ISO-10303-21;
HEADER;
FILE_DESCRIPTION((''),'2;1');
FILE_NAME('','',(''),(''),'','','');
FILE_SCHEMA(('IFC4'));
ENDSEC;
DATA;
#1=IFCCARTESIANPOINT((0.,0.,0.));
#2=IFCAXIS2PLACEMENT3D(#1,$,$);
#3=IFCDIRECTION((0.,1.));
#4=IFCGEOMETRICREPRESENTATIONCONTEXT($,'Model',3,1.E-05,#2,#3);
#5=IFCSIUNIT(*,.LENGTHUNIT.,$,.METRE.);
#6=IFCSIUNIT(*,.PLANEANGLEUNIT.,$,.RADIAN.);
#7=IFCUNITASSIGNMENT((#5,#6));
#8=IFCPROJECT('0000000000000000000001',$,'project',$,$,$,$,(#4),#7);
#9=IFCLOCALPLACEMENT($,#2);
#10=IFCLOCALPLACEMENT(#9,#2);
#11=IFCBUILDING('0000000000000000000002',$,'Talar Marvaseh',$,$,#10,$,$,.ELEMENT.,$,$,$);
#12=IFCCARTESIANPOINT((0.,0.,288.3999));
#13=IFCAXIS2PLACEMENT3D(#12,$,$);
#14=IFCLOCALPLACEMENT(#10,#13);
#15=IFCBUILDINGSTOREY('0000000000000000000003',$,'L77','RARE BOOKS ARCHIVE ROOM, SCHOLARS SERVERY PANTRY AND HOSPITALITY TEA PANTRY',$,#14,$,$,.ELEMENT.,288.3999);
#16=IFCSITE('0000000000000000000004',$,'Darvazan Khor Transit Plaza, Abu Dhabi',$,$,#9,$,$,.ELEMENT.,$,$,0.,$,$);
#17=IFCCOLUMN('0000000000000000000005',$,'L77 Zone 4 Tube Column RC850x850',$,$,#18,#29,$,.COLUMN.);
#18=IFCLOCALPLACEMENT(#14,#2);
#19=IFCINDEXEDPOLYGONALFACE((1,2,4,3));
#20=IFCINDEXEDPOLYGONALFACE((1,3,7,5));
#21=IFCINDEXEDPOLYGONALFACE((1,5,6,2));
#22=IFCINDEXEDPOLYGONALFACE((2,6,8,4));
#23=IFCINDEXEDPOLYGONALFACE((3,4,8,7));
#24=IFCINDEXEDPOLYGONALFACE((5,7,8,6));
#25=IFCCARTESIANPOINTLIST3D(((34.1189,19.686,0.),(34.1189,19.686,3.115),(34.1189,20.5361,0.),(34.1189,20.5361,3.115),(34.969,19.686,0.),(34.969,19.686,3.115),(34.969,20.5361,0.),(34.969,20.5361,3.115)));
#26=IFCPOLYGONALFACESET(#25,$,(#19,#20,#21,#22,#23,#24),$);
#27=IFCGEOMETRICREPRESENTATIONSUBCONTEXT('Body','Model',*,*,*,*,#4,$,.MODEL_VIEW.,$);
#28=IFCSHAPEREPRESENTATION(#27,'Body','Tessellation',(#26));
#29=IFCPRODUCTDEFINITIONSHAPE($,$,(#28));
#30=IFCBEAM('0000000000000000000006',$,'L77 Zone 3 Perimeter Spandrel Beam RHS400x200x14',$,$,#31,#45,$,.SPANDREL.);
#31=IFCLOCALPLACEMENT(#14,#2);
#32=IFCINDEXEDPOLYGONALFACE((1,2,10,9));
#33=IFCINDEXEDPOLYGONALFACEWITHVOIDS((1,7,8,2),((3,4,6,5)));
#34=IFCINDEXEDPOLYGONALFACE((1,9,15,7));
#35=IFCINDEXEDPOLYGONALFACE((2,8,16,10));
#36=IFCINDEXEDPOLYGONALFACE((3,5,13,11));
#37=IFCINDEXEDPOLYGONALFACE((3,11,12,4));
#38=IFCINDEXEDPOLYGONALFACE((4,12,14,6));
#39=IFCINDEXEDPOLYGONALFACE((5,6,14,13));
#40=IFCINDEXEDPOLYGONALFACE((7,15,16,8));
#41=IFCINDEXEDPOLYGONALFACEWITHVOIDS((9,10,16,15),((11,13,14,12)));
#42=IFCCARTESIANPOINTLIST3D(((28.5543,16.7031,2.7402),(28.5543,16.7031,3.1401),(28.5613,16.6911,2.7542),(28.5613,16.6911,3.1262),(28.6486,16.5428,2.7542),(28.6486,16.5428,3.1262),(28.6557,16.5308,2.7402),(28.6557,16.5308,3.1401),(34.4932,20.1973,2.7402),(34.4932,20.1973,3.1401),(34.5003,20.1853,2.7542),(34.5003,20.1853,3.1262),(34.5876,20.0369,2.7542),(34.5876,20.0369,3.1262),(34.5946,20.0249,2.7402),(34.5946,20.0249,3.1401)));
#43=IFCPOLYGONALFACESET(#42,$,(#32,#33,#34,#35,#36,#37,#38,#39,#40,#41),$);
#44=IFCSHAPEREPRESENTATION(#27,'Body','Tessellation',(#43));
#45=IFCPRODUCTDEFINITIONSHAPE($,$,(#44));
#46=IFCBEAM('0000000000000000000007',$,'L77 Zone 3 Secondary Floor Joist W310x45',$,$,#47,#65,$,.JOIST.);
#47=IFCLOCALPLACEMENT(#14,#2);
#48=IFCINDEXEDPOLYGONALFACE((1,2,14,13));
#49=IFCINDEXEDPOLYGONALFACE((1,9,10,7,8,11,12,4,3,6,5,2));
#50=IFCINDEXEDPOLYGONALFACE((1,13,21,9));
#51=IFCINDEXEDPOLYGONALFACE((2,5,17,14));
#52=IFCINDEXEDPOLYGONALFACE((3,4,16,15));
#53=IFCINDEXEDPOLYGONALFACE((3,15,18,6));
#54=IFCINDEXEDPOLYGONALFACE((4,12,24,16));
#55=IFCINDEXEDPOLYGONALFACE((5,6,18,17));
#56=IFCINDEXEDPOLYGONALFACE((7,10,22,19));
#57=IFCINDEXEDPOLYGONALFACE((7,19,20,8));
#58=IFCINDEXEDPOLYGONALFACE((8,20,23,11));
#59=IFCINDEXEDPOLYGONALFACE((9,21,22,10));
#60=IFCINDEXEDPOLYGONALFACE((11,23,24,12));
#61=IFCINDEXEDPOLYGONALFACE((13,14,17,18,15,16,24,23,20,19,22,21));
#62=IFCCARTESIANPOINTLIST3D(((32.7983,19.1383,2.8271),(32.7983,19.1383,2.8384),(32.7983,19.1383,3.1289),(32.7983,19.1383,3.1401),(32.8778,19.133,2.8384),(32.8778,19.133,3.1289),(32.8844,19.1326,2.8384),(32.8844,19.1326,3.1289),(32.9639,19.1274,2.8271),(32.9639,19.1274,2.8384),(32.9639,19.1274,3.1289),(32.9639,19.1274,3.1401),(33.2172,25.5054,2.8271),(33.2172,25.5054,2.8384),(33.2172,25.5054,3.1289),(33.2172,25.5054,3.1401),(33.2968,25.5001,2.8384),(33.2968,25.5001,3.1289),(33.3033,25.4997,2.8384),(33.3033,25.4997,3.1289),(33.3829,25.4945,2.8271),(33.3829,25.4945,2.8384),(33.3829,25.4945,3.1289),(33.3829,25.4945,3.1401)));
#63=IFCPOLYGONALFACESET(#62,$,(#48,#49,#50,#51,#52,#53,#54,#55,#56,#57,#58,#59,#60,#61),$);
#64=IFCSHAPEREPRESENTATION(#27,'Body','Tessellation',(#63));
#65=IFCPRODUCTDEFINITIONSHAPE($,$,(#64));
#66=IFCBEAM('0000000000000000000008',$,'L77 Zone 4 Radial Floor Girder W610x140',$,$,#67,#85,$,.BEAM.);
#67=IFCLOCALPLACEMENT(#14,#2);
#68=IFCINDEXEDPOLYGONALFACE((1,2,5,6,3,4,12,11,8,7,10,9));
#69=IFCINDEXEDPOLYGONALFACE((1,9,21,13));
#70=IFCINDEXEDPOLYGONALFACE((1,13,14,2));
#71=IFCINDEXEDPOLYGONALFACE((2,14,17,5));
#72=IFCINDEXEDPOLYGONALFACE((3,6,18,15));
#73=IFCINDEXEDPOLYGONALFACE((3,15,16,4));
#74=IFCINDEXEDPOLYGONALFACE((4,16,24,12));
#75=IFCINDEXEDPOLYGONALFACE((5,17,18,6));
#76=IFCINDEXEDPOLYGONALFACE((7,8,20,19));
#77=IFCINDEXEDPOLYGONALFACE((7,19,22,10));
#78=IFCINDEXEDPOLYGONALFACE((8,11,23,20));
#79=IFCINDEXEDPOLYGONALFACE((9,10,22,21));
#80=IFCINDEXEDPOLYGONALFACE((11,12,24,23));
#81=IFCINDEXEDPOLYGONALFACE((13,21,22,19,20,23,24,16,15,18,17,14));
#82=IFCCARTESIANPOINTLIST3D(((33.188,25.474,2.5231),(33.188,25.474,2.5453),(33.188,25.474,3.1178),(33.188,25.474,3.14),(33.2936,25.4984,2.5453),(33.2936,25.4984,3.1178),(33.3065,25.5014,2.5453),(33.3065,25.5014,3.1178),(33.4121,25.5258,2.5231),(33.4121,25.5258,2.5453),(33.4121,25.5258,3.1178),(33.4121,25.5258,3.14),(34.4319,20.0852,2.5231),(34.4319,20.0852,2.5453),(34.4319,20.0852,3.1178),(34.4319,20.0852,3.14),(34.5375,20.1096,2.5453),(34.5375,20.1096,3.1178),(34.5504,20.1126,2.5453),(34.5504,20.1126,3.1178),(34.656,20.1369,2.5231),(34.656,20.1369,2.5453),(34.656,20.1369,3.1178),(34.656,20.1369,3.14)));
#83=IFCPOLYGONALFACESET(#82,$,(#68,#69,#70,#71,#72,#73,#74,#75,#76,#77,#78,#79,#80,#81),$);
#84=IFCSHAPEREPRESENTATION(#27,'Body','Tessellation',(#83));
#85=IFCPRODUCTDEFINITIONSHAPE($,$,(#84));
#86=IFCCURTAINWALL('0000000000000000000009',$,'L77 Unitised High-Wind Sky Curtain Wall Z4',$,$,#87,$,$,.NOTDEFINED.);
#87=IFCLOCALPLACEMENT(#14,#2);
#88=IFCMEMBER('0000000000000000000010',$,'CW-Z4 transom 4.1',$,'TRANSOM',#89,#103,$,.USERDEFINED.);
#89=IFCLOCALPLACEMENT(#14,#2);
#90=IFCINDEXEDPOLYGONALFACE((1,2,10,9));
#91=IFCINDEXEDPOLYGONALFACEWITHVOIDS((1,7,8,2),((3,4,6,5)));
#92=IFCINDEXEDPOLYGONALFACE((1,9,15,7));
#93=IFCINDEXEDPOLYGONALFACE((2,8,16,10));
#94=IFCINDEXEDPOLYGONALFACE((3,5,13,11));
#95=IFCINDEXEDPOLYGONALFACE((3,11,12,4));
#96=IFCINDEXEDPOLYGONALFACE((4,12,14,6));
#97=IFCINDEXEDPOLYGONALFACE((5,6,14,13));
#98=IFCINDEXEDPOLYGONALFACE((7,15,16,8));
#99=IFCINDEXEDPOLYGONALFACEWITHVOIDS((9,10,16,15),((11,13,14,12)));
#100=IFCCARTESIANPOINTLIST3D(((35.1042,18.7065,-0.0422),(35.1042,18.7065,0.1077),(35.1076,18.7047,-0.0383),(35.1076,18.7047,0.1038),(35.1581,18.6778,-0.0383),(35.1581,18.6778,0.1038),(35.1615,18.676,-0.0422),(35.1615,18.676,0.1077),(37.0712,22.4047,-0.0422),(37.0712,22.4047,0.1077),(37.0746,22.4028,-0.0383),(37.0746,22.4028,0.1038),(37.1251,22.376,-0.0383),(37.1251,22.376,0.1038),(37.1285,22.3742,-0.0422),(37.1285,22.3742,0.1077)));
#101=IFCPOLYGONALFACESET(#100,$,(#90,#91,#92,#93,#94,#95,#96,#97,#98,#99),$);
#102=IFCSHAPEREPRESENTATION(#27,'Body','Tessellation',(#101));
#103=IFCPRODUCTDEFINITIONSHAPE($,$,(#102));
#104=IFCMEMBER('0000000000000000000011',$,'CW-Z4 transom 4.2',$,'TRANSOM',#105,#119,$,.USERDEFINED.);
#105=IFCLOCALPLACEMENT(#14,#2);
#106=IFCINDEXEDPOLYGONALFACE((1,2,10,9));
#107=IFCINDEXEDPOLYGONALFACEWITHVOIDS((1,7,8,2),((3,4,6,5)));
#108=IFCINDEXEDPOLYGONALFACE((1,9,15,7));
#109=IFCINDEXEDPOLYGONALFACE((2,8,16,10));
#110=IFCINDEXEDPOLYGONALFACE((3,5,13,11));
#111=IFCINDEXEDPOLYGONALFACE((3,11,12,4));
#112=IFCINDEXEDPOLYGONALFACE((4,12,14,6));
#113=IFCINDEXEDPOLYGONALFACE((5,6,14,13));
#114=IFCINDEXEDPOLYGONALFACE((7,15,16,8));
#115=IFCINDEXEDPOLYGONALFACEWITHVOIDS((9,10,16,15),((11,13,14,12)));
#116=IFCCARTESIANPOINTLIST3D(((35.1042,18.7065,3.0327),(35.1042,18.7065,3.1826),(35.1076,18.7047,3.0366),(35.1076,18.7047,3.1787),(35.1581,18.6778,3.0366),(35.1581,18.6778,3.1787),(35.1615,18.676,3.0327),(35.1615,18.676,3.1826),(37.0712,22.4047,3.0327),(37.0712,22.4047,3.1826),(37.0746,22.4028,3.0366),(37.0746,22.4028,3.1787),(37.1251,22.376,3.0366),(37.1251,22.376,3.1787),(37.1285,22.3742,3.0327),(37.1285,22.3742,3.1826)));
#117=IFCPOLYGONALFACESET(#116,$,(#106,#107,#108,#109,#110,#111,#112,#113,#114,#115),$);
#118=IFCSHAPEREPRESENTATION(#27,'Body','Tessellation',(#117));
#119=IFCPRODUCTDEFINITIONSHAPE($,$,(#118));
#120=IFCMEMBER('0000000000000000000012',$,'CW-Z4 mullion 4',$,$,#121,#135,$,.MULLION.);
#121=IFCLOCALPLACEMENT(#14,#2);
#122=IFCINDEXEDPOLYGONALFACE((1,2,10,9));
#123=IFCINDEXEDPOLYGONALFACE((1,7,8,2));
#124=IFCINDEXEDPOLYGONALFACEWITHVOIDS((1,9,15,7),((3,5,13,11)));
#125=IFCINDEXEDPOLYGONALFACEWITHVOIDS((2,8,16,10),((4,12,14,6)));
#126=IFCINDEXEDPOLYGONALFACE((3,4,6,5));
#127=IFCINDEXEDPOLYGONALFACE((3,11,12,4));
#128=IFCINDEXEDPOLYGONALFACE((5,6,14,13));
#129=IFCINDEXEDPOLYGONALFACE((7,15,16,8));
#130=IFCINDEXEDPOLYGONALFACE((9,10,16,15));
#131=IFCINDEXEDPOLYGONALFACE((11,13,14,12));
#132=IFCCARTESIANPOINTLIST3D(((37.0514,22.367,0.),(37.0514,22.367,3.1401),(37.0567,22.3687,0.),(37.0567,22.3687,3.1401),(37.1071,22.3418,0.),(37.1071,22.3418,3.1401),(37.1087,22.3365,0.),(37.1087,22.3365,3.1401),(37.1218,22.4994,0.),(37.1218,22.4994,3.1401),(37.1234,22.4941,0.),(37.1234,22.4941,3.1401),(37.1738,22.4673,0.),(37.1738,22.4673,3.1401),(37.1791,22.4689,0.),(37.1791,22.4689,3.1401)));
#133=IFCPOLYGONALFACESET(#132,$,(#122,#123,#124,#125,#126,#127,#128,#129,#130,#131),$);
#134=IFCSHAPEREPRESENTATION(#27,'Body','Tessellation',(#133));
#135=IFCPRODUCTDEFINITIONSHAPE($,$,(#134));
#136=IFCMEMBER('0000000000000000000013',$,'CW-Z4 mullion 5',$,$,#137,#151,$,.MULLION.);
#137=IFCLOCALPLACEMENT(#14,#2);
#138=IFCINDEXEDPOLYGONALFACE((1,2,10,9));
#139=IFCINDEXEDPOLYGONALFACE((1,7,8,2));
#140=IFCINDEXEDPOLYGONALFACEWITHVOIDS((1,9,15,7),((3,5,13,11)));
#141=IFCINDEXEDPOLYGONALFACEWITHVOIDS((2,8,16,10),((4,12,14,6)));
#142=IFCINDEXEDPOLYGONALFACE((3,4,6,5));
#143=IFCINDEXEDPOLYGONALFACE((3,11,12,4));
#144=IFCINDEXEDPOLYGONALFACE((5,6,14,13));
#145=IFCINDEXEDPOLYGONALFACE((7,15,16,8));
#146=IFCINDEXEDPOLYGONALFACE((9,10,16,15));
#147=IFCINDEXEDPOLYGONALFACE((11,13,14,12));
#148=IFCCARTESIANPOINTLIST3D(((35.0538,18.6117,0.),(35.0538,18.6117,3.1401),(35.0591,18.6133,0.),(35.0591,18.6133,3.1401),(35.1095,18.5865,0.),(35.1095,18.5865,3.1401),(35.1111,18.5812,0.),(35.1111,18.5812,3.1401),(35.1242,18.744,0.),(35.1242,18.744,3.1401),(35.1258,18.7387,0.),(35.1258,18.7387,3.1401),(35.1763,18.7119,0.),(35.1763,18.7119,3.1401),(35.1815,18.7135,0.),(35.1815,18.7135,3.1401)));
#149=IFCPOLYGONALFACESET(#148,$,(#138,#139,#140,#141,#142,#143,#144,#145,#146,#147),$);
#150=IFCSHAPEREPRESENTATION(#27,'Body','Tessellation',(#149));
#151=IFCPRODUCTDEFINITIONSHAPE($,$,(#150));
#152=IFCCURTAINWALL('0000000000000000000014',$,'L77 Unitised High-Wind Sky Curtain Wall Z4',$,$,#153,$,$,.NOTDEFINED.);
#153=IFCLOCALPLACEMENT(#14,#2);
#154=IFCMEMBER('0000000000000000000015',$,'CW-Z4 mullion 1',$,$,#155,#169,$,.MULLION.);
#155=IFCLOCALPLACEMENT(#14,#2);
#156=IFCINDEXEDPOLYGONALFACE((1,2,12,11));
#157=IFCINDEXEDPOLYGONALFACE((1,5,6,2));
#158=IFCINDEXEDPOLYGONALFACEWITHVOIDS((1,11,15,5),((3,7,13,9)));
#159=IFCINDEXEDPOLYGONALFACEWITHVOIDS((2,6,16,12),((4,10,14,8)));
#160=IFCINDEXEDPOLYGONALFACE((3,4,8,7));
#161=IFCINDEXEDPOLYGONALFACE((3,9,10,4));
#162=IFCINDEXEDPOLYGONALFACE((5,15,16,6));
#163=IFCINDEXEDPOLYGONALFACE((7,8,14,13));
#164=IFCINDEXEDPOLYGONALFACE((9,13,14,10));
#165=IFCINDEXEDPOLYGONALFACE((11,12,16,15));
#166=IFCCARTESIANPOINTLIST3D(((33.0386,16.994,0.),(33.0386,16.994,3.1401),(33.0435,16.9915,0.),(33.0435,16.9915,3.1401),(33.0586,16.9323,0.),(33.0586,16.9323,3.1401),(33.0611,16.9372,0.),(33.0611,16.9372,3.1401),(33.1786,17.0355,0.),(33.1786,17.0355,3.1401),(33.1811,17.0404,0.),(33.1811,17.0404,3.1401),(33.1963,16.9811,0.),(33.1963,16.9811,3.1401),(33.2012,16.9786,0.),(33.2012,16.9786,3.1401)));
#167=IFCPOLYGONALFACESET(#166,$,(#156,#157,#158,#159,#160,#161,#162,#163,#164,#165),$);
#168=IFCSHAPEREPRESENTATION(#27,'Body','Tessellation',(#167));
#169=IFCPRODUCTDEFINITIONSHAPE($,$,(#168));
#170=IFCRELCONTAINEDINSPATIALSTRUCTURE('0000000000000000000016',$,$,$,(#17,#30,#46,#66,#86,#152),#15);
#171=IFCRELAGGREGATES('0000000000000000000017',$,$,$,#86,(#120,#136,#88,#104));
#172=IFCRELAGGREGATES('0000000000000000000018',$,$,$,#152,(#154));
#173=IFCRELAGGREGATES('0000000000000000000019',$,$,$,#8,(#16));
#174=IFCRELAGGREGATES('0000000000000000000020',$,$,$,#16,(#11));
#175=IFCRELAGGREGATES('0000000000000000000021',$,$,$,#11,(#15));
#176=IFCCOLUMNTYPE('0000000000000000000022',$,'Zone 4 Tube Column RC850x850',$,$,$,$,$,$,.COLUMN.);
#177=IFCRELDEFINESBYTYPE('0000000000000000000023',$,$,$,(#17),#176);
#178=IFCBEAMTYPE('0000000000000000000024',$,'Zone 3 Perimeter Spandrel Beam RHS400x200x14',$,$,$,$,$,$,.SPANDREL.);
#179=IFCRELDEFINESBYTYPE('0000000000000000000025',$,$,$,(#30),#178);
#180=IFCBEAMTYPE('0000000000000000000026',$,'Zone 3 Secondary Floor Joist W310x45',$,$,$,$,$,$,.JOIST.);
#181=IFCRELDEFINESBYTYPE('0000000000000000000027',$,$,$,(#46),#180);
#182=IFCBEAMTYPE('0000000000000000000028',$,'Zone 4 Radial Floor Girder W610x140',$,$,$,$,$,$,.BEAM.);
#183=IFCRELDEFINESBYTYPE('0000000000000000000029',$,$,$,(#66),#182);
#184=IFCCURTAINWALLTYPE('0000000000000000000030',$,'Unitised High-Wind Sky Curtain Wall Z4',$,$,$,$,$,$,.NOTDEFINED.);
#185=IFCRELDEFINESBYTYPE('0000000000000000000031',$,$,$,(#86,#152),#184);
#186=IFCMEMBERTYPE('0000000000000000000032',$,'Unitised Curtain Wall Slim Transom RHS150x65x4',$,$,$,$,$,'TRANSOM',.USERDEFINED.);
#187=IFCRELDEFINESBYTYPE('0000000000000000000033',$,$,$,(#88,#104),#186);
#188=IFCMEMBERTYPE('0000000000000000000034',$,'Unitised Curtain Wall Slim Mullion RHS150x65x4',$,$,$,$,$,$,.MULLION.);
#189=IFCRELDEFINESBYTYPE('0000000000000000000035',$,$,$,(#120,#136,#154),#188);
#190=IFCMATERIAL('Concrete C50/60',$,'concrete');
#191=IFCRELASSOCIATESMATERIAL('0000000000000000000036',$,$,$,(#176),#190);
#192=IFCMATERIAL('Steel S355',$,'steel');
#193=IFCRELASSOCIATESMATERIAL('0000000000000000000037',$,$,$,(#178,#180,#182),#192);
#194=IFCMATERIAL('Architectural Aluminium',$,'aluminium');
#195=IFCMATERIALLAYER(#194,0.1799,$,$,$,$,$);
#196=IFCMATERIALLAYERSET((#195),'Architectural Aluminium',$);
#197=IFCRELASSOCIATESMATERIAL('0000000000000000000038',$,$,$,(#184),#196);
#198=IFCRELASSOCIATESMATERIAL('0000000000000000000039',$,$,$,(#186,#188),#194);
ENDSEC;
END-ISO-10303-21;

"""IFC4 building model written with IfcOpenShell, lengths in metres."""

from ifc_helpers import new_model, si_unit, direction, frame, origin, origin_2d, place, context, subcontext, project, spatial, rectangle, hollow_rectangle, i_section, extrude, source, transform, mapped, material, layer, layer_set, material_profile, profile_set, type_object, type_shapes, element, aggregate, save


model = new_model("IFC4")

# Units and contexts
model_context = context("Model", 3, precision=1e-05, world=origin(), true_north=direction((0.0, 1.0)))
body_context = subcontext(model_context, "Body", "Model", "MODEL_VIEW")
ifc_project = project(units=[si_unit("LENGTHUNIT", "METRE"), si_unit("PLANEANGLEUNIT", "RADIAN")], contexts=[model_context])

# Site, building, storey
site_placement = place(None, origin())
site = spatial("IfcSite", under=ifc_project, at=site_placement, Name="Darvazan Khor Transit Plaza, Abu Dhabi", CompositionType="ELEMENT", RefElevation=0.0)
building_placement = place(site_placement, origin())
building = spatial("IfcBuilding", under=site, at=building_placement, Name="Talar Marvaseh", CompositionType="ELEMENT")
storey_placement = place(building_placement, frame((0.0, 0.0, 288.3999)))
storey = spatial("IfcBuildingStorey", under=building, at=storey_placement, Name="L77", Description="RARE BOOKS ARCHIVE ROOM, SCHOLARS SERVERY PANTRY AND HOSPITALITY TEA PANTRY", CompositionType="ELEMENT", Elevation=288.3999)

# Column
ifc_material_1 = material(Name="Concrete C50/60", Category="concrete")
ifc_material_profile_1 = material_profile(ifc_material_1, rectangle(XDim=0.8501, YDim=0.8501, at=origin_2d()), Name="RC850x850")
ifc_profile_set_1 = profile_set([ifc_material_profile_1], Name="Concrete C50/60")
column_type = type_object("IfcColumnType", Name="Zone 4 Tube Column RC850x850", PredefinedType="COLUMN", material=ifc_profile_set_1)
column_placement = place(storey_placement, frame((34.5439, 20.1111, 0.0), z_axis=(0.0, 0.0, 1.0), x_axis=(1.0, 0.0, 0.0)))
element("IfcColumn", 1, at=column_placement, inside=storey, type_object=column_type, Name="L77 Zone 4 Tube Column RC850x850", PredefinedType="COLUMN", context=body_context, shape_type="SweptSolid", body=[
    extrude(rectangle(XDim=0.8501, YDim=0.8501, at=origin_2d()), origin(), (0.0, 0.0, 1.0), 3.115),
])

# Beams
ifc_material_2 = material(Name="Steel S355", Category="steel")
ifc_material_profile_2 = material_profile(ifc_material_2, hollow_rectangle(XDim=0.2, YDim=0.3999, WallThickness=0.0139, at=origin_2d()), Name="RHS400x200x14")
ifc_profile_set_2 = profile_set([ifc_material_profile_2], Name="Steel S355")
beam_type_1 = type_object("IfcBeamType", Name="Zone 3 Perimeter Spandrel Beam RHS400x200x14", PredefinedType="SPANDREL", material=ifc_profile_set_2)
beam_1_placement = place(storey_placement, frame((34.5439, 20.1111, 2.9402), z_axis=(-0.861894, -0.507088, 0.0), x_axis=(0.507088, -0.861894, 0.0)))
element("IfcBeam", 2, at=beam_1_placement, inside=storey, type_object=beam_type_1, Name="L77 Zone 3 Perimeter Spandrel Beam RHS400x200x14", PredefinedType="SPANDREL", context=body_context, shape_type="SweptSolid", body=[
    extrude(hollow_rectangle(XDim=0.2, YDim=0.3999, WallThickness=0.0139, at=origin_2d()), origin(), (0.0, 0.0, 1.0), 6.8906),
])
ifc_material_profile_3 = material_profile(ifc_material_2, i_section(OverallWidth=0.166, OverallDepth=0.313, WebThickness=0.0066, FlangeThickness=0.0112, at=origin_2d()), Name="W310x45")
ifc_profile_set_3 = profile_set([ifc_material_profile_3], Name="Steel S355")
beam_type_2 = type_object("IfcBeamType", Name="Zone 3 Secondary Floor Joist W310x45", PredefinedType="JOIST", material=ifc_profile_set_3)
beam_2_placement = place(storey_placement, frame((32.8811, 19.1328, 2.9836), z_axis=(0.065656, 0.997842, 0.0), x_axis=(-0.997842, 0.065656, 0.0)))
element("IfcBeam", 3, at=beam_2_placement, inside=storey, type_object=beam_type_2, Name="L77 Zone 3 Secondary Floor Joist W310x45", PredefinedType="JOIST", context=body_context, shape_type="SweptSolid", body=[
    extrude(i_section(OverallWidth=0.166, OverallDepth=0.313, WebThickness=0.0066, FlangeThickness=0.0112, at=origin_2d()), origin(), (0.0, 0.0, 1.0), 6.3809),
])
ifc_material_profile_4 = material_profile(ifc_material_2, i_section(OverallWidth=0.23, OverallDepth=0.6169, WebThickness=0.0132, FlangeThickness=0.0222, at=origin_2d()), Name="W610x140")
ifc_profile_set_4 = profile_set([ifc_material_profile_4], Name="Steel S355")
beam_type_3 = type_object("IfcBeamType", Name="Zone 4 Radial Floor Girder W610x140", PredefinedType="BEAM", material=ifc_profile_set_4)
beam_3_placement = place(storey_placement, frame((34.5439, 20.1111, 2.8315), z_axis=(-0.224911, 0.974379, 0.0), x_axis=(-0.974379, -0.224911, 0.0)))
element("IfcBeam", 4, at=beam_3_placement, inside=storey, type_object=beam_type_3, Name="L77 Zone 4 Radial Floor Girder W610x140", PredefinedType="BEAM", context=body_context, shape_type="SweptSolid", body=[
    extrude(i_section(OverallWidth=0.23, OverallDepth=0.6169, WebThickness=0.0132, FlangeThickness=0.0222, at=origin_2d()), origin(), (0.0, 0.0, 1.0), 5.5305),
])

# Curtain walls, members
ifc_material_3 = material(Name="Architectural Aluminium", Category="aluminium")
ifc_layer_1 = layer(ifc_material_3, 0.1799)
ifc_layer_set_1 = layer_set([ifc_layer_1], Name="Architectural Aluminium")
curtain_wall_type = type_object("IfcCurtainWallType", Name="Unitised High-Wind Sky Curtain Wall Z4", PredefinedType="NOTDEFINED", material=ifc_layer_set_1)
curtain_wall_1_placement = place(storey_placement, origin())
curtain_wall_1 = element("IfcCurtainWall", 5, at=curtain_wall_1_placement, inside=storey, type_object=curtain_wall_type, Name="L77 Unitised High-Wind Sky Curtain Wall Z4", PredefinedType="NOTDEFINED")
ifc_material_profile_5 = material_profile(ifc_material_3, hollow_rectangle(XDim=0.0649, YDim=0.1499, WallThickness=0.0039, at=origin_2d()), Name="RHS150x65x4")
ifc_profile_set_5 = profile_set([ifc_material_profile_5], Name="Architectural Aluminium")
member_type_1 = type_object("IfcMemberType", Name="Unitised Curtain Wall Slim Transom RHS150x65x4", ElementType="TRANSOM", PredefinedType="USERDEFINED", material=ifc_profile_set_5)
shared_shape_1 = source(origin(), body_context, "Body", "SweptSolid", [
    extrude(hollow_rectangle(XDim=0.0649, YDim=0.1499, WallThickness=0.0039, at=origin_2d()), origin(), (0.0, 0.0, 1.0), 4.1887),
])
member_1_placement = place(storey_placement, frame((37.0999, 22.3894, 0.0327), z_axis=(-0.469593, -0.882883, 0.0), x_axis=(0.882883, -0.469593, 0.0)))
member_1 = element("IfcMember", 6, at=member_1_placement, type_object=member_type_1, Name="CW-Z4 transom 4.1", ObjectType="TRANSOM", PredefinedType="USERDEFINED", context=body_context, shape_type="MappedRepresentation", body=[
    mapped(shared_shape_1, transform((0.0, 0.0, 0.0), x_axis=(1.0, 0.0, 0.0), y_axis=(0.0, 1.0, 0.0), z_axis=(0.0, 0.0, 1.0), scale=1.0)),
])
member_2_placement = place(storey_placement, frame((37.0999, 22.3894, 3.1077), z_axis=(-0.469593, -0.882883, 0.0), x_axis=(0.882883, -0.469593, 0.0)))
member_2 = element("IfcMember", 7, at=member_2_placement, type_object=member_type_1, Name="CW-Z4 transom 4.2", ObjectType="TRANSOM", PredefinedType="USERDEFINED", context=body_context, shape_type="MappedRepresentation", body=[
    mapped(shared_shape_1, transform((0.0, 0.0, 0.0), x_axis=(1.0, 0.0, 0.0), y_axis=(0.0, 1.0, 0.0), z_axis=(0.0, 0.0, 1.0), scale=1.0)),
])
ifc_material_profile_6 = material_profile(ifc_material_3, hollow_rectangle(XDim=0.0649, YDim=0.1499, WallThickness=0.0039, at=origin_2d()), Name="RHS150x65x4")
ifc_profile_set_6 = profile_set([ifc_material_profile_6], Name="Architectural Aluminium")
member_type_2 = type_object("IfcMemberType", Name="Unitised Curtain Wall Slim Mullion RHS150x65x4", PredefinedType="MULLION", material=ifc_profile_set_6)
shared_shape_2 = source(origin(), body_context, "Body", "SweptSolid", [
    extrude(hollow_rectangle(XDim=0.0649, YDim=0.1499, WallThickness=0.0039, at=origin_2d()), origin(), (0.0, 0.0, 1.0), 3.1401),
])
type_shapes(member_type_2, [shared_shape_2])
member_3_placement = place(storey_placement, frame((37.1152, 22.418, 0.0), z_axis=(0.0, 0.0, 1.0), x_axis=(0.882877, -0.469604, 0.0)))
member_3 = element("IfcMember", 8, at=member_3_placement, type_object=member_type_2, Name="CW-Z4 mullion 4", PredefinedType="MULLION", context=body_context, shape_type="MappedRepresentation", body=[
    mapped(shared_shape_2, transform((0.0, 0.0, 0.0), x_axis=(1.0, 0.0, 0.0), y_axis=(0.0, 1.0, 0.0), z_axis=(0.0, 0.0, 1.0), scale=1.0)),
])
member_4_placement = place(storey_placement, frame((35.1177, 18.6626, 0.0), z_axis=(0.0, 0.0, 1.0), x_axis=(0.882877, -0.469604, 0.0)))
member_4 = element("IfcMember", 9, at=member_4_placement, type_object=member_type_2, Name="CW-Z4 mullion 5", PredefinedType="MULLION", context=body_context, shape_type="MappedRepresentation", body=[
    mapped(shared_shape_2, transform((0.0, 0.0, 0.0), x_axis=(1.0, 0.0, 0.0), y_axis=(0.0, 1.0, 0.0), z_axis=(0.0, 0.0, 1.0), scale=1.0)),
])
curtain_wall_2_placement = place(storey_placement, origin())
curtain_wall_2 = element("IfcCurtainWall", 10, at=curtain_wall_2_placement, inside=storey, type_object=curtain_wall_type, Name="L77 Unitised High-Wind Sky Curtain Wall Z4", PredefinedType="NOTDEFINED")
member_5_placement = place(storey_placement, frame((33.1199, 16.9863, 0.0), z_axis=(0.0, 0.0, 1.0), x_axis=(0.309162, -0.951009, 0.0)))
member_5 = element("IfcMember", 11, at=member_5_placement, type_object=member_type_2, Name="CW-Z4 mullion 1", PredefinedType="MULLION", context=body_context, shape_type="MappedRepresentation", body=[
    mapped(shared_shape_2, transform((0.0, 0.0, 0.0), x_axis=(1.0, 0.0, 0.0), y_axis=(0.0, 1.0, 0.0), z_axis=(0.0, 0.0, 1.0), scale=1.0)),
])

aggregate(curtain_wall_1, [member_3, member_4, member_1, member_2])
aggregate(curtain_wall_2, [member_5])

save(model, "model.ifc")
